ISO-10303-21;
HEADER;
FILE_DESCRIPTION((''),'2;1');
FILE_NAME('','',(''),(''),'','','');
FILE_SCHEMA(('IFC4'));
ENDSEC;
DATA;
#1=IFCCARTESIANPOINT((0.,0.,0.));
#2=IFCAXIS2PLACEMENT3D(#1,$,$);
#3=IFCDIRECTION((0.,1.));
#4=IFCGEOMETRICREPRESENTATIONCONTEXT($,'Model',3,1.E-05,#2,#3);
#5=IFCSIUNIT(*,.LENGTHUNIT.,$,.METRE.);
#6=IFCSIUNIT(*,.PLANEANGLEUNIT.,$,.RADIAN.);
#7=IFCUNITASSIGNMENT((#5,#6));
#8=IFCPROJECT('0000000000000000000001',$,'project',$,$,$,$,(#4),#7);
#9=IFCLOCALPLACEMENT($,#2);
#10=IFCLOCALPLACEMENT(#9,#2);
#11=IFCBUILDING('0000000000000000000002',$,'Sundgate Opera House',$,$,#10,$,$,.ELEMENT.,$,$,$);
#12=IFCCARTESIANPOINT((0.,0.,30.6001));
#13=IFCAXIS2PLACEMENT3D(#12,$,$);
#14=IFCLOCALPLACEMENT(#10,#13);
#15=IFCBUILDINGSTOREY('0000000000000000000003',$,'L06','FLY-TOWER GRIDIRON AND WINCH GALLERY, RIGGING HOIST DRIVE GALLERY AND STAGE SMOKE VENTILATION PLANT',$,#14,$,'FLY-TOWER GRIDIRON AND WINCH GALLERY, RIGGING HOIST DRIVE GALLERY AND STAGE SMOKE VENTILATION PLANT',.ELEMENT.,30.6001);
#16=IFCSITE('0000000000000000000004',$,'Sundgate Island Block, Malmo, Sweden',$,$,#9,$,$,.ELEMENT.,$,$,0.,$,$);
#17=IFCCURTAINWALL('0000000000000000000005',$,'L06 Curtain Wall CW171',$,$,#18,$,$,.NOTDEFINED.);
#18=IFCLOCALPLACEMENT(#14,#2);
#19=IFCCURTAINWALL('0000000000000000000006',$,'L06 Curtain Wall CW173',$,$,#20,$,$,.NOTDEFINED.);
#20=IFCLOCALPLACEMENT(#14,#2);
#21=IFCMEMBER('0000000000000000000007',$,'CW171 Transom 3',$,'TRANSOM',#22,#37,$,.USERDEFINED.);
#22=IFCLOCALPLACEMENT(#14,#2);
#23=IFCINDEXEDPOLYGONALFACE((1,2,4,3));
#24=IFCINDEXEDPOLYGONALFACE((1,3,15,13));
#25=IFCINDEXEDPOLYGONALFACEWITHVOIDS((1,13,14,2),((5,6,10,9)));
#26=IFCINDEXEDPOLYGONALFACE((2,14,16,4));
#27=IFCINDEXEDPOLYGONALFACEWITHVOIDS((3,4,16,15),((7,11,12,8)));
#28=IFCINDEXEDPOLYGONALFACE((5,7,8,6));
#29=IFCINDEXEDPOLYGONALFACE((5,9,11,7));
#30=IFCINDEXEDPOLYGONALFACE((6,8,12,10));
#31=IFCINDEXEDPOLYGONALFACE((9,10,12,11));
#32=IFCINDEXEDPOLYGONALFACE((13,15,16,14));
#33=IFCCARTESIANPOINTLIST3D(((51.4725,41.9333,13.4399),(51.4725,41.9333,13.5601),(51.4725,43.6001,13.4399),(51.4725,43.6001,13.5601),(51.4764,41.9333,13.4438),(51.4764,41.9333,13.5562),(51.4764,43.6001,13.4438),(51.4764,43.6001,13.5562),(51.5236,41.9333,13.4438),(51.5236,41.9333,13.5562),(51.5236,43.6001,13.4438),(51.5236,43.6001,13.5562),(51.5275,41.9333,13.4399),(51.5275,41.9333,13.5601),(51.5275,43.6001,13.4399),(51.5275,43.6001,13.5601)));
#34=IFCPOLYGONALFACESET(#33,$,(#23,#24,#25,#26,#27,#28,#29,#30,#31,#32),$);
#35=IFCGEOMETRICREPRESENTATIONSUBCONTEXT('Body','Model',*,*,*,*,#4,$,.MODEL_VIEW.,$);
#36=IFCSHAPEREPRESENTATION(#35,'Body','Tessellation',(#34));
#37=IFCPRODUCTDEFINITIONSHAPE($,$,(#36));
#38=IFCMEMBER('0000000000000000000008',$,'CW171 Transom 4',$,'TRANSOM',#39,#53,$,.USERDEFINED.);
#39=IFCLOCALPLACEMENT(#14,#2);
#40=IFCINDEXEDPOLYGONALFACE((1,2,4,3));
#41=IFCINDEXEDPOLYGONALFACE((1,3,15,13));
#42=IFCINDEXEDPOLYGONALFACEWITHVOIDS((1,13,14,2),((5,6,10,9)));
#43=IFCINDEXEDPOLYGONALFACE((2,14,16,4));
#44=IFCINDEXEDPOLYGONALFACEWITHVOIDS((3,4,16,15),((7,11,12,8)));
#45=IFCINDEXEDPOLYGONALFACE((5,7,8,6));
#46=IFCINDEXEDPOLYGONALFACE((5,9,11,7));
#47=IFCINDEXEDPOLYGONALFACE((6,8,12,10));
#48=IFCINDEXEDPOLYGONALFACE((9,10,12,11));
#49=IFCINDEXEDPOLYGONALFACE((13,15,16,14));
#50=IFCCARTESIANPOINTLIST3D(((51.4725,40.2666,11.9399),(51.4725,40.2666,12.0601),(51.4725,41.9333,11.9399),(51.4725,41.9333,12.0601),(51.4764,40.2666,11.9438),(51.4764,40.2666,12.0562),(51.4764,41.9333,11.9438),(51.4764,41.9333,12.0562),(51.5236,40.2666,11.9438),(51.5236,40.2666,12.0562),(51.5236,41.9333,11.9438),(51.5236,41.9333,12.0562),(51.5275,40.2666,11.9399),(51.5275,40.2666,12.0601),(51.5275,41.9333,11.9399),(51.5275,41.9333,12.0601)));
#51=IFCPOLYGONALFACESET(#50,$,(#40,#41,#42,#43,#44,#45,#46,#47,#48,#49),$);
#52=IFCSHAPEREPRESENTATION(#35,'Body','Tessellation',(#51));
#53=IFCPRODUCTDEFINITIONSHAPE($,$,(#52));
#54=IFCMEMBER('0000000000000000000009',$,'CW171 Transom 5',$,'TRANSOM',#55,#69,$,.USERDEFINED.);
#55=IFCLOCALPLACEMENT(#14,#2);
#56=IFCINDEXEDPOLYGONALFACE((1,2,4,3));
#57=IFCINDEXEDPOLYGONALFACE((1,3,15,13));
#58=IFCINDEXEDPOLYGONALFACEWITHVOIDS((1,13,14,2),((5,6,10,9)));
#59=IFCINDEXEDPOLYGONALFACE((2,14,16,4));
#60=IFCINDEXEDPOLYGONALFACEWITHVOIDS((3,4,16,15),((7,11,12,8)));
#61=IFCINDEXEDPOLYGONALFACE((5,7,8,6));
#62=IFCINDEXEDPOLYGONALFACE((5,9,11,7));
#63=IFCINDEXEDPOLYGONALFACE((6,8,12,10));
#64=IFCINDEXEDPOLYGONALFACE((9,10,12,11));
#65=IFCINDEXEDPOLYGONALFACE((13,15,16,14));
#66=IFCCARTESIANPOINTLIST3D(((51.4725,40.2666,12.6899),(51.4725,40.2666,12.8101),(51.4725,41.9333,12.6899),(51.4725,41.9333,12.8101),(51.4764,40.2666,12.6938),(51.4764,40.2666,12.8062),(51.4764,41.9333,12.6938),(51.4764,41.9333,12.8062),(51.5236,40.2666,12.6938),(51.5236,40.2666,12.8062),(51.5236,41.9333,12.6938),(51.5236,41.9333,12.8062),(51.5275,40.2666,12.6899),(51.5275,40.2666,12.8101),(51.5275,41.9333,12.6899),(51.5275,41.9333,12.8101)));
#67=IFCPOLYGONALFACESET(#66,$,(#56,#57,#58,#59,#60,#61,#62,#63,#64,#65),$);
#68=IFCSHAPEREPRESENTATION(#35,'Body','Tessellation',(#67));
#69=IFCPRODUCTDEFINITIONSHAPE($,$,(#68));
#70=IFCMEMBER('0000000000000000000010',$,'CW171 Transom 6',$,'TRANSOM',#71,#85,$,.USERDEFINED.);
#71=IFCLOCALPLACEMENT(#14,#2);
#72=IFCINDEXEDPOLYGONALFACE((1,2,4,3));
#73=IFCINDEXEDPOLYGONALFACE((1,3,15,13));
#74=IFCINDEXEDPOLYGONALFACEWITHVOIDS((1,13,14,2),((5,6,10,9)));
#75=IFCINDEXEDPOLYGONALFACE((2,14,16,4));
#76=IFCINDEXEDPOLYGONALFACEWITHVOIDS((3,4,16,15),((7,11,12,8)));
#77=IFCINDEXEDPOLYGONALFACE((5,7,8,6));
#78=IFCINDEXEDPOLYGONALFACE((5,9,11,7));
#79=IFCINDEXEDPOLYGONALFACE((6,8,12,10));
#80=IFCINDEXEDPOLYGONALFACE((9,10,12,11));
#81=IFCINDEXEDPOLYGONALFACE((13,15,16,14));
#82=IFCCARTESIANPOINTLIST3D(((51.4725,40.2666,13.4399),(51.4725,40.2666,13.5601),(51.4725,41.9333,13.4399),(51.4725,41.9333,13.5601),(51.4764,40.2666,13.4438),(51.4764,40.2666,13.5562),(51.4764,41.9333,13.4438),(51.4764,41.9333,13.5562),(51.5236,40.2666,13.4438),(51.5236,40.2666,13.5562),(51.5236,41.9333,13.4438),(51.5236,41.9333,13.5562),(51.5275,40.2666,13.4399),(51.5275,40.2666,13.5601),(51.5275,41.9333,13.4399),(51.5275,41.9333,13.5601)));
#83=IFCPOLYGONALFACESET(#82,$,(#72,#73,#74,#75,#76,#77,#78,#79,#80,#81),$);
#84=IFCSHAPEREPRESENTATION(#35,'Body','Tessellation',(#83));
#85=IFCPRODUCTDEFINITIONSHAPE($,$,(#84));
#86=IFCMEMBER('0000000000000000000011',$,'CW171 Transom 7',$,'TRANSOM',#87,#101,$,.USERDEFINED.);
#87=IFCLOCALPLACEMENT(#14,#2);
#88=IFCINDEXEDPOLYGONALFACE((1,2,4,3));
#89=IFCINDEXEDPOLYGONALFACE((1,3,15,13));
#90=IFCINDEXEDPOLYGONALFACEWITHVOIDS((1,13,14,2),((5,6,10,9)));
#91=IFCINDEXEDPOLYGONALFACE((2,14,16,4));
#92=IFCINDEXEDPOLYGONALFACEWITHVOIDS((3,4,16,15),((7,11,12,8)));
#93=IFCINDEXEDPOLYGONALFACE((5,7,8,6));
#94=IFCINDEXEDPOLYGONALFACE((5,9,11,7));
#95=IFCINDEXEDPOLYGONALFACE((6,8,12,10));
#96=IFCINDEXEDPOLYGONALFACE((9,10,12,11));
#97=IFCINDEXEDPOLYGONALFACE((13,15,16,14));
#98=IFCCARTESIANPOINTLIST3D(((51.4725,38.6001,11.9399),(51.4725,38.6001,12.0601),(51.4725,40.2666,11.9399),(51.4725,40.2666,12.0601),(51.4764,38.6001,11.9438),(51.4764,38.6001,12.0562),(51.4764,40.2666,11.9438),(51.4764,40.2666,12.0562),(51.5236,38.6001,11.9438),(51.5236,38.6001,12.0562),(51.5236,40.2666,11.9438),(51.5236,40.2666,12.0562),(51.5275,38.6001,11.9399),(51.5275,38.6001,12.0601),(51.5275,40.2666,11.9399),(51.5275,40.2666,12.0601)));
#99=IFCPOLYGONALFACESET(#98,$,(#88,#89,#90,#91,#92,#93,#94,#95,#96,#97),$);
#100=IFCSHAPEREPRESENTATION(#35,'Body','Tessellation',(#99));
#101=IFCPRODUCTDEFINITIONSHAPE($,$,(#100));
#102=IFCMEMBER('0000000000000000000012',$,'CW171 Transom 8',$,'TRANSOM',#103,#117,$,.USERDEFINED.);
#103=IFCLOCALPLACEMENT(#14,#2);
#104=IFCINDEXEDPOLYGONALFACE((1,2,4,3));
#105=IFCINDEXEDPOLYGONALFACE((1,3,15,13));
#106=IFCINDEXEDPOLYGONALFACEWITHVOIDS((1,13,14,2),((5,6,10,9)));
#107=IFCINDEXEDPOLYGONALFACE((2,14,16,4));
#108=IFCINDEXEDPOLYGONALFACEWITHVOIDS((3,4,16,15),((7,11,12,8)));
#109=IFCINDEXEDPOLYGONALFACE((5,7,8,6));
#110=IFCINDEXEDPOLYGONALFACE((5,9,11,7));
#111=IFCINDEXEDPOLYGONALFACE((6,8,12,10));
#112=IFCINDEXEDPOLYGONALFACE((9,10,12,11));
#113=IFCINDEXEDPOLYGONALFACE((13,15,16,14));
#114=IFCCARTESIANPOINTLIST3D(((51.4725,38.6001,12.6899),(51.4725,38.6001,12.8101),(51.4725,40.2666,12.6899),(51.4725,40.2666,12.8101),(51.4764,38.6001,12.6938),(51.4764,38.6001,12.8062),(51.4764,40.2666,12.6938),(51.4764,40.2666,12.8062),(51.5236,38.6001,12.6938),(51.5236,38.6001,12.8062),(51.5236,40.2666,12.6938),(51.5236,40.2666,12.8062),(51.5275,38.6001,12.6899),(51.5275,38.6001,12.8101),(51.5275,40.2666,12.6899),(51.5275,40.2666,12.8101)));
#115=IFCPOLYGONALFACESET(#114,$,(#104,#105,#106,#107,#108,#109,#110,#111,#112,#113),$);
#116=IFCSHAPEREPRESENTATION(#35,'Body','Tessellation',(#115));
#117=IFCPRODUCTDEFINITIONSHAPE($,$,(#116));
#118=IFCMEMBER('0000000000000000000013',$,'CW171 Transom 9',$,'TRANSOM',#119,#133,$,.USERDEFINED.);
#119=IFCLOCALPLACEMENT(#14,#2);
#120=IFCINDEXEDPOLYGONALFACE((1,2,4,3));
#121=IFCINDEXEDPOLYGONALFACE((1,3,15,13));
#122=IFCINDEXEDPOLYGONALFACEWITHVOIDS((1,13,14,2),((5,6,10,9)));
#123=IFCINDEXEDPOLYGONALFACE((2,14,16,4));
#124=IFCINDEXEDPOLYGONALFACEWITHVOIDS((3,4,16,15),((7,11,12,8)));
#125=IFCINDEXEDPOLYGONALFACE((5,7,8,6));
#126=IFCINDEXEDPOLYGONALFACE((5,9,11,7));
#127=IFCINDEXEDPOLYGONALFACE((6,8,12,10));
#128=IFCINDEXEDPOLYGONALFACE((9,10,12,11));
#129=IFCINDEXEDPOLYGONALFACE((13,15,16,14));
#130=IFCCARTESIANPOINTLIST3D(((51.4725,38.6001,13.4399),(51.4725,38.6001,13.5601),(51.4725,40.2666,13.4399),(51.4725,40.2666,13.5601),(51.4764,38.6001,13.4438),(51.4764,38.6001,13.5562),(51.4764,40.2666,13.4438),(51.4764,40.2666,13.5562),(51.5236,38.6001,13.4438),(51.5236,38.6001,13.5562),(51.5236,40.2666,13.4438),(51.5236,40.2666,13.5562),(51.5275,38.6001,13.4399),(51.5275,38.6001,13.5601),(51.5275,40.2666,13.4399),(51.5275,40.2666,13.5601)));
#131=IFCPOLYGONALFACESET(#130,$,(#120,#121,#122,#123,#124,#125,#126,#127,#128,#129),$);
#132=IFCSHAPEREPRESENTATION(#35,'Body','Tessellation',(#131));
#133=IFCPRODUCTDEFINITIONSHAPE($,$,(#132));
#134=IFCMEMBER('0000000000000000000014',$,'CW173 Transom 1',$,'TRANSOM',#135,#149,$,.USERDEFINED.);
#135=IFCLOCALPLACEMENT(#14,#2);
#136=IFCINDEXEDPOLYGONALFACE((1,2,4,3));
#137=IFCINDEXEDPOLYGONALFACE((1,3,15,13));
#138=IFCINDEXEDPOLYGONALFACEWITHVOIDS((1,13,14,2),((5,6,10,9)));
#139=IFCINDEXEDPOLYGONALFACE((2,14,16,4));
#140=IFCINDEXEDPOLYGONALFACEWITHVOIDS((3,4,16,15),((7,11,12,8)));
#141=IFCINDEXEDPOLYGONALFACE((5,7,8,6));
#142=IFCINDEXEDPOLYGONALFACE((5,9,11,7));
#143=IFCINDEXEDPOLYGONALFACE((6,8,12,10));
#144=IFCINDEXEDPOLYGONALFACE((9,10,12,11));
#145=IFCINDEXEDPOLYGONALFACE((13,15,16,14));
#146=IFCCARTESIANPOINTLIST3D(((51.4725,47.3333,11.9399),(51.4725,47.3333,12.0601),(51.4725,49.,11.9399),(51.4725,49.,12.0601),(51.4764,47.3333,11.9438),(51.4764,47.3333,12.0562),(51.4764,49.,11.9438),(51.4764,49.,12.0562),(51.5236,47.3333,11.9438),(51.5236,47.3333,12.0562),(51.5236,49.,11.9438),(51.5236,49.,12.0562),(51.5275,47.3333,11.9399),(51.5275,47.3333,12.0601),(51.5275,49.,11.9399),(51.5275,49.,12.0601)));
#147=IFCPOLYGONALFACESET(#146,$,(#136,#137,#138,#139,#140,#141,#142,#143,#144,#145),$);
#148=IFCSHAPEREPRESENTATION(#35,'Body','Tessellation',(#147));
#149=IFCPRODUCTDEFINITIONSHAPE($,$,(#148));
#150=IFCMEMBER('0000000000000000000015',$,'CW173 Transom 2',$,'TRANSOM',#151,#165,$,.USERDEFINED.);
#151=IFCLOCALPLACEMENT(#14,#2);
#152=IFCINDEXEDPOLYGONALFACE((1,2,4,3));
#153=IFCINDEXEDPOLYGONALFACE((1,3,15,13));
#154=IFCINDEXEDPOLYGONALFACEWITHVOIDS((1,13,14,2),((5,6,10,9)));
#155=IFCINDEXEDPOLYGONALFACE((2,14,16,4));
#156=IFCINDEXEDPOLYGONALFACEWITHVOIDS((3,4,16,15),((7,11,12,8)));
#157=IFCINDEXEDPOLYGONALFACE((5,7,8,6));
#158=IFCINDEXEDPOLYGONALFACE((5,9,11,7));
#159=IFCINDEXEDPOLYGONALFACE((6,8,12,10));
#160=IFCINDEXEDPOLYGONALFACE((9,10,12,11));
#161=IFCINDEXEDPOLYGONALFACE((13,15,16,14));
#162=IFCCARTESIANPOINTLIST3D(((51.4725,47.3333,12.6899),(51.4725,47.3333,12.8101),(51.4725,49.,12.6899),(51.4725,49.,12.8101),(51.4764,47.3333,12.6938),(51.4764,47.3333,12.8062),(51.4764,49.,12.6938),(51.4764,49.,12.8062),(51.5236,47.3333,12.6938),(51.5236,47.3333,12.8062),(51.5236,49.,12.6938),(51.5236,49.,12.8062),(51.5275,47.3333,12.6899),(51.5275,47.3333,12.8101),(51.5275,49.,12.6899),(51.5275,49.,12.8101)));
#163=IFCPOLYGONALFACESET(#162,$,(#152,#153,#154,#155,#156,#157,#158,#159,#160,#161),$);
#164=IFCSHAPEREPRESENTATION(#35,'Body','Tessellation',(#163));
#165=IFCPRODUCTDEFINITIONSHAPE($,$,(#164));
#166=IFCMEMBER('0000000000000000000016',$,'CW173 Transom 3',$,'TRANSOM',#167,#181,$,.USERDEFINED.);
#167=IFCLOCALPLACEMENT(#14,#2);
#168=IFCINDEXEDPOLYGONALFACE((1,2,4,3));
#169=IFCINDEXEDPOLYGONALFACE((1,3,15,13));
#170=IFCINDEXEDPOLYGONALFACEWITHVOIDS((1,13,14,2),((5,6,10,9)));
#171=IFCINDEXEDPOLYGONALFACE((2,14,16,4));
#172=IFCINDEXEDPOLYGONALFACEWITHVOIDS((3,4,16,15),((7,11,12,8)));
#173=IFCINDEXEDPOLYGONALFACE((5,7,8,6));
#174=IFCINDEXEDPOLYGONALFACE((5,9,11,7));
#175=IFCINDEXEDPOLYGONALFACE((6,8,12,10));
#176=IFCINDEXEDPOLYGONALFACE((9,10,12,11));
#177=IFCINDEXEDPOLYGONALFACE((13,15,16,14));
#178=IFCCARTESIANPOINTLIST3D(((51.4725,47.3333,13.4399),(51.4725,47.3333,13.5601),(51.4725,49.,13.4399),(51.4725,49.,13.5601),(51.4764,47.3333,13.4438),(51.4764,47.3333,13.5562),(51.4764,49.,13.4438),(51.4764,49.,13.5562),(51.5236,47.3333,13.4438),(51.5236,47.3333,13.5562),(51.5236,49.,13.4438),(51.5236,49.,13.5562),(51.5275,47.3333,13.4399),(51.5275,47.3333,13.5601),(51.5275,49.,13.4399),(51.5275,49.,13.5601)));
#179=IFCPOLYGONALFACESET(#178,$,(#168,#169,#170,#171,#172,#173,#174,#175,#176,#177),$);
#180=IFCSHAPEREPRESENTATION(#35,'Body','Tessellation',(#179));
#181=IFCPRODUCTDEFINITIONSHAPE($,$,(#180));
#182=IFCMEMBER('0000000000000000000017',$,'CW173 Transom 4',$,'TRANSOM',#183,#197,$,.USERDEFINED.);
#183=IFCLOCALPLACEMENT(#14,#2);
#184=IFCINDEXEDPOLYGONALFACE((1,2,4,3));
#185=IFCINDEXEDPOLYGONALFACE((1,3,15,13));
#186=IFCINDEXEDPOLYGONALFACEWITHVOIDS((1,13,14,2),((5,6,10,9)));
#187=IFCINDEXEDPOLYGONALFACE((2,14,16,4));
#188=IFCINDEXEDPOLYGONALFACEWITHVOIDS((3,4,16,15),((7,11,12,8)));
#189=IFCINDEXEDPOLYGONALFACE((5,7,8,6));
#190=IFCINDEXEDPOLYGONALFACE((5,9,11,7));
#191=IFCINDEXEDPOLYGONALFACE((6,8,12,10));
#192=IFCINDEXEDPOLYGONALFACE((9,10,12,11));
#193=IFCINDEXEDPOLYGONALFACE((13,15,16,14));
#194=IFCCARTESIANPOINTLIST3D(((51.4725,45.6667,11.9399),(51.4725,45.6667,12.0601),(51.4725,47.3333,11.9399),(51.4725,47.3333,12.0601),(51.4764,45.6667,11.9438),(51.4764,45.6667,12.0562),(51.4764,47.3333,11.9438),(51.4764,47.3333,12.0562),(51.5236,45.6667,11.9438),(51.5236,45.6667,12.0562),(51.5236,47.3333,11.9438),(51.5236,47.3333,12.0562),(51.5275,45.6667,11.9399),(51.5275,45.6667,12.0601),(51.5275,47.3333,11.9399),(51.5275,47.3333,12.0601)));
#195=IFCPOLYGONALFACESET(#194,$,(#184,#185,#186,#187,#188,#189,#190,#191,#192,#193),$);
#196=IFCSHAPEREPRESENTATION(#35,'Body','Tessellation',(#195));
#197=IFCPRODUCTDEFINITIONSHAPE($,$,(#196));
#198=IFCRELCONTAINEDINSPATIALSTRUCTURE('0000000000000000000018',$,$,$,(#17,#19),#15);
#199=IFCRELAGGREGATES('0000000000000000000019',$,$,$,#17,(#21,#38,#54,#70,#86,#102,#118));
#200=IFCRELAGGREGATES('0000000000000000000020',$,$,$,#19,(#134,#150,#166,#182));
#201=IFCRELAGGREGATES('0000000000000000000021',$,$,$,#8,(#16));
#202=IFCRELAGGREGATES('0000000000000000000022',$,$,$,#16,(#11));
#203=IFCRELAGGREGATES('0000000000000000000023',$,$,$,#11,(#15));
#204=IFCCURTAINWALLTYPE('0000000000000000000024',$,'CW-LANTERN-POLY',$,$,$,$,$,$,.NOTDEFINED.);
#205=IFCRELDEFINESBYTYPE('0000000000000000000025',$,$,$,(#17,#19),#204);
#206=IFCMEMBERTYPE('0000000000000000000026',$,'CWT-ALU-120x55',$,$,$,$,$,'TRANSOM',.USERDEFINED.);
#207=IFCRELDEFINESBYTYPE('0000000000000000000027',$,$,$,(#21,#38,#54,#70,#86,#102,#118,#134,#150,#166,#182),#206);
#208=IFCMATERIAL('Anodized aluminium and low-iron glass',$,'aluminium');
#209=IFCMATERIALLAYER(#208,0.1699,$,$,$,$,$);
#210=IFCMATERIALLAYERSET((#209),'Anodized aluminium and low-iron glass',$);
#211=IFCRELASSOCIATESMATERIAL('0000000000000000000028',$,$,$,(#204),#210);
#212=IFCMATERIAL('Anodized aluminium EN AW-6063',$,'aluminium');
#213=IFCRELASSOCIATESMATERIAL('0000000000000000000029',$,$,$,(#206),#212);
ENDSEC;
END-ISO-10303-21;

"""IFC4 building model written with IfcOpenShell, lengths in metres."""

from ifc_helpers import new_model, si_unit, direction, frame, origin, origin_2d, place, context, subcontext, project, spatial, hollow_rectangle, extrude, material, layer, layer_set, material_profile, profile_set, type_object, element, aggregate, save


model = new_model("IFC4")

# Units and contexts
model_context = context("Model", 3, precision=1e-05, world=origin(), true_north=direction((0.0, 1.0)))
body_context = subcontext(model_context, "Body", "Model", "MODEL_VIEW")
ifc_project = project(units=[si_unit("LENGTHUNIT", "METRE"), si_unit("PLANEANGLEUNIT", "RADIAN")], contexts=[model_context])

# Site, building, storey
site_placement = place(None, origin())
site = spatial("IfcSite", under=ifc_project, at=site_placement, Name="Sundgate Island Block, Malmo, Sweden", CompositionType="ELEMENT", RefElevation=0.0)
building_placement = place(site_placement, origin())
building = spatial("IfcBuilding", under=site, at=building_placement, Name="Sundgate Opera House", CompositionType="ELEMENT")
storey_placement = place(building_placement, frame((0.0, 0.0, 30.6001)))
storey = spatial("IfcBuildingStorey", under=building, at=storey_placement, Name="L06", Description="FLY-TOWER GRIDIRON AND WINCH GALLERY, RIGGING HOIST DRIVE GALLERY AND STAGE SMOKE VENTILATION PLANT", LongName="FLY-TOWER GRIDIRON AND WINCH GALLERY, RIGGING HOIST DRIVE GALLERY AND STAGE SMOKE VENTILATION PLANT", CompositionType="ELEMENT", Elevation=30.6001)

# Curtain walls
ifc_material_1 = material(Name="Anodized aluminium and low-iron glass", Category="aluminium")
ifc_layer_1 = layer(ifc_material_1, 0.1699)
ifc_layer_set_1 = layer_set([ifc_layer_1], Name="Anodized aluminium and low-iron glass")
curtain_wall_type = type_object("IfcCurtainWallType", Name="CW-LANTERN-POLY", PredefinedType="NOTDEFINED", material=ifc_layer_set_1)
curtain_wall_1_placement = place(storey_placement, origin())
curtain_wall_1 = element("IfcCurtainWall", 1, at=curtain_wall_1_placement, inside=storey, type_object=curtain_wall_type, Name="L06 Curtain Wall CW171", PredefinedType="NOTDEFINED")
curtain_wall_2_placement = place(storey_placement, origin())
curtain_wall_2 = element("IfcCurtainWall", 2, at=curtain_wall_2_placement, inside=storey, type_object=curtain_wall_type, Name="L06 Curtain Wall CW173", PredefinedType="NOTDEFINED")

# Members
ifc_material_2 = material(Name="Anodized aluminium EN AW-6063", Category="aluminium")
ifc_material_profile_1 = material_profile(ifc_material_2, hollow_rectangle(XDim=0.0549, YDim=0.1201, WallThickness=0.0039, at=origin_2d()), Name="CWT 120x55x4")
ifc_profile_set_1 = profile_set([ifc_material_profile_1], Name="Anodized aluminium EN AW-6063")
member_type_1 = type_object("IfcMemberType", Name="CWT-ALU-120x55", ElementType="TRANSOM", PredefinedType="USERDEFINED", material=ifc_profile_set_1)
member_1_placement = place(storey_placement, frame((51.5, 43.6001, 13.5), z_axis=(0.0, -1.0, 0.0), x_axis=(1.0, 0.0, 0.0)))
member_1 = element("IfcMember", 3, at=member_1_placement, type_object=member_type_1, Name="CW171 Transom 3", ObjectType="TRANSOM", PredefinedType="USERDEFINED", context=body_context, shape_type="SweptSolid", body=[
    extrude(hollow_rectangle(XDim=0.0549, YDim=0.1201, WallThickness=0.0039, at=origin_2d()), origin(), (0.0, 0.0, 1.0), 1.6667),
])
member_2_placement = place(storey_placement, frame((51.5, 41.9333, 12.0), z_axis=(0.0, -1.0, 0.0), x_axis=(1.0, 0.0, 0.0)))
member_2 = element("IfcMember", 4, at=member_2_placement, type_object=member_type_1, Name="CW171 Transom 4", ObjectType="TRANSOM", PredefinedType="USERDEFINED", context=body_context, shape_type="SweptSolid", body=[
    extrude(hollow_rectangle(XDim=0.0549, YDim=0.1201, WallThickness=0.0039, at=origin_2d()), origin(), (0.0, 0.0, 1.0), 1.6667),
])
member_3_placement = place(storey_placement, frame((51.5, 41.9333, 12.75), z_axis=(0.0, -1.0, 0.0), x_axis=(1.0, 0.0, 0.0)))
member_3 = element("IfcMember", 5, at=member_3_placement, type_object=member_type_1, Name="CW171 Transom 5", ObjectType="TRANSOM", PredefinedType="USERDEFINED", context=body_context, shape_type="SweptSolid", body=[
    extrude(hollow_rectangle(XDim=0.0549, YDim=0.1201, WallThickness=0.0039, at=origin_2d()), origin(), (0.0, 0.0, 1.0), 1.6667),
])
member_4_placement = place(storey_placement, frame((51.5, 41.9333, 13.5), z_axis=(0.0, -1.0, 0.0), x_axis=(1.0, 0.0, 0.0)))
member_4 = element("IfcMember", 6, at=member_4_placement, type_object=member_type_1, Name="CW171 Transom 6", ObjectType="TRANSOM", PredefinedType="USERDEFINED", context=body_context, shape_type="SweptSolid", body=[
    extrude(hollow_rectangle(XDim=0.0549, YDim=0.1201, WallThickness=0.0039, at=origin_2d()), origin(), (0.0, 0.0, 1.0), 1.6667),
])
member_5_placement = place(storey_placement, frame((51.5, 40.2666, 12.0), z_axis=(0.0, -1.0, 0.0), x_axis=(1.0, 0.0, 0.0)))
member_5 = element("IfcMember", 7, at=member_5_placement, type_object=member_type_1, Name="CW171 Transom 7", ObjectType="TRANSOM", PredefinedType="USERDEFINED", context=body_context, shape_type="SweptSolid", body=[
    extrude(hollow_rectangle(XDim=0.0549, YDim=0.1201, WallThickness=0.0039, at=origin_2d()), origin(), (0.0, 0.0, 1.0), 1.6665),
])
member_6_placement = place(storey_placement, frame((51.5, 40.2666, 12.75), z_axis=(0.0, -1.0, 0.0), x_axis=(1.0, 0.0, 0.0)))
member_6 = element("IfcMember", 8, at=member_6_placement, type_object=member_type_1, Name="CW171 Transom 8", ObjectType="TRANSOM", PredefinedType="USERDEFINED", context=body_context, shape_type="SweptSolid", body=[
    extrude(hollow_rectangle(XDim=0.0549, YDim=0.1201, WallThickness=0.0039, at=origin_2d()), origin(), (0.0, 0.0, 1.0), 1.6665),
])
member_7_placement = place(storey_placement, frame((51.5, 40.2666, 13.5), z_axis=(0.0, -1.0, 0.0), x_axis=(1.0, 0.0, 0.0)))
member_7 = element("IfcMember", 9, at=member_7_placement, type_object=member_type_1, Name="CW171 Transom 9", ObjectType="TRANSOM", PredefinedType="USERDEFINED", context=body_context, shape_type="SweptSolid", body=[
    extrude(hollow_rectangle(XDim=0.0549, YDim=0.1201, WallThickness=0.0039, at=origin_2d()), origin(), (0.0, 0.0, 1.0), 1.6665),
])
member_8_placement = place(storey_placement, frame((51.5, 49.0, 12.0), z_axis=(0.0, -1.0, 0.0), x_axis=(1.0, 0.0, 0.0)))
member_8 = element("IfcMember", 10, at=member_8_placement, type_object=member_type_1, Name="CW173 Transom 1", ObjectType="TRANSOM", PredefinedType="USERDEFINED", context=body_context, shape_type="SweptSolid", body=[
    extrude(hollow_rectangle(XDim=0.0549, YDim=0.1201, WallThickness=0.0039, at=origin_2d()), origin(), (0.0, 0.0, 1.0), 1.6667),
])
member_9_placement = place(storey_placement, frame((51.5, 49.0, 12.75), z_axis=(0.0, -1.0, 0.0), x_axis=(1.0, 0.0, 0.0)))
member_9 = element("IfcMember", 11, at=member_9_placement, type_object=member_type_1, Name="CW173 Transom 2", ObjectType="TRANSOM", PredefinedType="USERDEFINED", context=body_context, shape_type="SweptSolid", body=[
    extrude(hollow_rectangle(XDim=0.0549, YDim=0.1201, WallThickness=0.0039, at=origin_2d()), origin(), (0.0, 0.0, 1.0), 1.6667),
])
member_10_placement = place(storey_placement, frame((51.5, 49.0, 13.5), z_axis=(0.0, -1.0, 0.0), x_axis=(1.0, 0.0, 0.0)))
member_10 = element("IfcMember", 12, at=member_10_placement, type_object=member_type_1, Name="CW173 Transom 3", ObjectType="TRANSOM", PredefinedType="USERDEFINED", context=body_context, shape_type="SweptSolid", body=[
    extrude(hollow_rectangle(XDim=0.0549, YDim=0.1201, WallThickness=0.0039, at=origin_2d()), origin(), (0.0, 0.0, 1.0), 1.6667),
])
member_11_placement = place(storey_placement, frame((51.5, 47.3333, 12.0), z_axis=(0.0, -1.0, 0.0), x_axis=(1.0, 0.0, 0.0)))
member_11 = element("IfcMember", 13, at=member_11_placement, type_object=member_type_1, Name="CW173 Transom 4", ObjectType="TRANSOM", PredefinedType="USERDEFINED", context=body_context, shape_type="SweptSolid", body=[
    extrude(hollow_rectangle(XDim=0.0549, YDim=0.1201, WallThickness=0.0039, at=origin_2d()), origin(), (0.0, 0.0, 1.0), 1.6665),
])

aggregate(curtain_wall_1, [member_1, member_2, member_3, member_4, member_5, member_6, member_7])
aggregate(curtain_wall_2, [member_8, member_9, member_10, member_11])

save(model, "model.ifc")
